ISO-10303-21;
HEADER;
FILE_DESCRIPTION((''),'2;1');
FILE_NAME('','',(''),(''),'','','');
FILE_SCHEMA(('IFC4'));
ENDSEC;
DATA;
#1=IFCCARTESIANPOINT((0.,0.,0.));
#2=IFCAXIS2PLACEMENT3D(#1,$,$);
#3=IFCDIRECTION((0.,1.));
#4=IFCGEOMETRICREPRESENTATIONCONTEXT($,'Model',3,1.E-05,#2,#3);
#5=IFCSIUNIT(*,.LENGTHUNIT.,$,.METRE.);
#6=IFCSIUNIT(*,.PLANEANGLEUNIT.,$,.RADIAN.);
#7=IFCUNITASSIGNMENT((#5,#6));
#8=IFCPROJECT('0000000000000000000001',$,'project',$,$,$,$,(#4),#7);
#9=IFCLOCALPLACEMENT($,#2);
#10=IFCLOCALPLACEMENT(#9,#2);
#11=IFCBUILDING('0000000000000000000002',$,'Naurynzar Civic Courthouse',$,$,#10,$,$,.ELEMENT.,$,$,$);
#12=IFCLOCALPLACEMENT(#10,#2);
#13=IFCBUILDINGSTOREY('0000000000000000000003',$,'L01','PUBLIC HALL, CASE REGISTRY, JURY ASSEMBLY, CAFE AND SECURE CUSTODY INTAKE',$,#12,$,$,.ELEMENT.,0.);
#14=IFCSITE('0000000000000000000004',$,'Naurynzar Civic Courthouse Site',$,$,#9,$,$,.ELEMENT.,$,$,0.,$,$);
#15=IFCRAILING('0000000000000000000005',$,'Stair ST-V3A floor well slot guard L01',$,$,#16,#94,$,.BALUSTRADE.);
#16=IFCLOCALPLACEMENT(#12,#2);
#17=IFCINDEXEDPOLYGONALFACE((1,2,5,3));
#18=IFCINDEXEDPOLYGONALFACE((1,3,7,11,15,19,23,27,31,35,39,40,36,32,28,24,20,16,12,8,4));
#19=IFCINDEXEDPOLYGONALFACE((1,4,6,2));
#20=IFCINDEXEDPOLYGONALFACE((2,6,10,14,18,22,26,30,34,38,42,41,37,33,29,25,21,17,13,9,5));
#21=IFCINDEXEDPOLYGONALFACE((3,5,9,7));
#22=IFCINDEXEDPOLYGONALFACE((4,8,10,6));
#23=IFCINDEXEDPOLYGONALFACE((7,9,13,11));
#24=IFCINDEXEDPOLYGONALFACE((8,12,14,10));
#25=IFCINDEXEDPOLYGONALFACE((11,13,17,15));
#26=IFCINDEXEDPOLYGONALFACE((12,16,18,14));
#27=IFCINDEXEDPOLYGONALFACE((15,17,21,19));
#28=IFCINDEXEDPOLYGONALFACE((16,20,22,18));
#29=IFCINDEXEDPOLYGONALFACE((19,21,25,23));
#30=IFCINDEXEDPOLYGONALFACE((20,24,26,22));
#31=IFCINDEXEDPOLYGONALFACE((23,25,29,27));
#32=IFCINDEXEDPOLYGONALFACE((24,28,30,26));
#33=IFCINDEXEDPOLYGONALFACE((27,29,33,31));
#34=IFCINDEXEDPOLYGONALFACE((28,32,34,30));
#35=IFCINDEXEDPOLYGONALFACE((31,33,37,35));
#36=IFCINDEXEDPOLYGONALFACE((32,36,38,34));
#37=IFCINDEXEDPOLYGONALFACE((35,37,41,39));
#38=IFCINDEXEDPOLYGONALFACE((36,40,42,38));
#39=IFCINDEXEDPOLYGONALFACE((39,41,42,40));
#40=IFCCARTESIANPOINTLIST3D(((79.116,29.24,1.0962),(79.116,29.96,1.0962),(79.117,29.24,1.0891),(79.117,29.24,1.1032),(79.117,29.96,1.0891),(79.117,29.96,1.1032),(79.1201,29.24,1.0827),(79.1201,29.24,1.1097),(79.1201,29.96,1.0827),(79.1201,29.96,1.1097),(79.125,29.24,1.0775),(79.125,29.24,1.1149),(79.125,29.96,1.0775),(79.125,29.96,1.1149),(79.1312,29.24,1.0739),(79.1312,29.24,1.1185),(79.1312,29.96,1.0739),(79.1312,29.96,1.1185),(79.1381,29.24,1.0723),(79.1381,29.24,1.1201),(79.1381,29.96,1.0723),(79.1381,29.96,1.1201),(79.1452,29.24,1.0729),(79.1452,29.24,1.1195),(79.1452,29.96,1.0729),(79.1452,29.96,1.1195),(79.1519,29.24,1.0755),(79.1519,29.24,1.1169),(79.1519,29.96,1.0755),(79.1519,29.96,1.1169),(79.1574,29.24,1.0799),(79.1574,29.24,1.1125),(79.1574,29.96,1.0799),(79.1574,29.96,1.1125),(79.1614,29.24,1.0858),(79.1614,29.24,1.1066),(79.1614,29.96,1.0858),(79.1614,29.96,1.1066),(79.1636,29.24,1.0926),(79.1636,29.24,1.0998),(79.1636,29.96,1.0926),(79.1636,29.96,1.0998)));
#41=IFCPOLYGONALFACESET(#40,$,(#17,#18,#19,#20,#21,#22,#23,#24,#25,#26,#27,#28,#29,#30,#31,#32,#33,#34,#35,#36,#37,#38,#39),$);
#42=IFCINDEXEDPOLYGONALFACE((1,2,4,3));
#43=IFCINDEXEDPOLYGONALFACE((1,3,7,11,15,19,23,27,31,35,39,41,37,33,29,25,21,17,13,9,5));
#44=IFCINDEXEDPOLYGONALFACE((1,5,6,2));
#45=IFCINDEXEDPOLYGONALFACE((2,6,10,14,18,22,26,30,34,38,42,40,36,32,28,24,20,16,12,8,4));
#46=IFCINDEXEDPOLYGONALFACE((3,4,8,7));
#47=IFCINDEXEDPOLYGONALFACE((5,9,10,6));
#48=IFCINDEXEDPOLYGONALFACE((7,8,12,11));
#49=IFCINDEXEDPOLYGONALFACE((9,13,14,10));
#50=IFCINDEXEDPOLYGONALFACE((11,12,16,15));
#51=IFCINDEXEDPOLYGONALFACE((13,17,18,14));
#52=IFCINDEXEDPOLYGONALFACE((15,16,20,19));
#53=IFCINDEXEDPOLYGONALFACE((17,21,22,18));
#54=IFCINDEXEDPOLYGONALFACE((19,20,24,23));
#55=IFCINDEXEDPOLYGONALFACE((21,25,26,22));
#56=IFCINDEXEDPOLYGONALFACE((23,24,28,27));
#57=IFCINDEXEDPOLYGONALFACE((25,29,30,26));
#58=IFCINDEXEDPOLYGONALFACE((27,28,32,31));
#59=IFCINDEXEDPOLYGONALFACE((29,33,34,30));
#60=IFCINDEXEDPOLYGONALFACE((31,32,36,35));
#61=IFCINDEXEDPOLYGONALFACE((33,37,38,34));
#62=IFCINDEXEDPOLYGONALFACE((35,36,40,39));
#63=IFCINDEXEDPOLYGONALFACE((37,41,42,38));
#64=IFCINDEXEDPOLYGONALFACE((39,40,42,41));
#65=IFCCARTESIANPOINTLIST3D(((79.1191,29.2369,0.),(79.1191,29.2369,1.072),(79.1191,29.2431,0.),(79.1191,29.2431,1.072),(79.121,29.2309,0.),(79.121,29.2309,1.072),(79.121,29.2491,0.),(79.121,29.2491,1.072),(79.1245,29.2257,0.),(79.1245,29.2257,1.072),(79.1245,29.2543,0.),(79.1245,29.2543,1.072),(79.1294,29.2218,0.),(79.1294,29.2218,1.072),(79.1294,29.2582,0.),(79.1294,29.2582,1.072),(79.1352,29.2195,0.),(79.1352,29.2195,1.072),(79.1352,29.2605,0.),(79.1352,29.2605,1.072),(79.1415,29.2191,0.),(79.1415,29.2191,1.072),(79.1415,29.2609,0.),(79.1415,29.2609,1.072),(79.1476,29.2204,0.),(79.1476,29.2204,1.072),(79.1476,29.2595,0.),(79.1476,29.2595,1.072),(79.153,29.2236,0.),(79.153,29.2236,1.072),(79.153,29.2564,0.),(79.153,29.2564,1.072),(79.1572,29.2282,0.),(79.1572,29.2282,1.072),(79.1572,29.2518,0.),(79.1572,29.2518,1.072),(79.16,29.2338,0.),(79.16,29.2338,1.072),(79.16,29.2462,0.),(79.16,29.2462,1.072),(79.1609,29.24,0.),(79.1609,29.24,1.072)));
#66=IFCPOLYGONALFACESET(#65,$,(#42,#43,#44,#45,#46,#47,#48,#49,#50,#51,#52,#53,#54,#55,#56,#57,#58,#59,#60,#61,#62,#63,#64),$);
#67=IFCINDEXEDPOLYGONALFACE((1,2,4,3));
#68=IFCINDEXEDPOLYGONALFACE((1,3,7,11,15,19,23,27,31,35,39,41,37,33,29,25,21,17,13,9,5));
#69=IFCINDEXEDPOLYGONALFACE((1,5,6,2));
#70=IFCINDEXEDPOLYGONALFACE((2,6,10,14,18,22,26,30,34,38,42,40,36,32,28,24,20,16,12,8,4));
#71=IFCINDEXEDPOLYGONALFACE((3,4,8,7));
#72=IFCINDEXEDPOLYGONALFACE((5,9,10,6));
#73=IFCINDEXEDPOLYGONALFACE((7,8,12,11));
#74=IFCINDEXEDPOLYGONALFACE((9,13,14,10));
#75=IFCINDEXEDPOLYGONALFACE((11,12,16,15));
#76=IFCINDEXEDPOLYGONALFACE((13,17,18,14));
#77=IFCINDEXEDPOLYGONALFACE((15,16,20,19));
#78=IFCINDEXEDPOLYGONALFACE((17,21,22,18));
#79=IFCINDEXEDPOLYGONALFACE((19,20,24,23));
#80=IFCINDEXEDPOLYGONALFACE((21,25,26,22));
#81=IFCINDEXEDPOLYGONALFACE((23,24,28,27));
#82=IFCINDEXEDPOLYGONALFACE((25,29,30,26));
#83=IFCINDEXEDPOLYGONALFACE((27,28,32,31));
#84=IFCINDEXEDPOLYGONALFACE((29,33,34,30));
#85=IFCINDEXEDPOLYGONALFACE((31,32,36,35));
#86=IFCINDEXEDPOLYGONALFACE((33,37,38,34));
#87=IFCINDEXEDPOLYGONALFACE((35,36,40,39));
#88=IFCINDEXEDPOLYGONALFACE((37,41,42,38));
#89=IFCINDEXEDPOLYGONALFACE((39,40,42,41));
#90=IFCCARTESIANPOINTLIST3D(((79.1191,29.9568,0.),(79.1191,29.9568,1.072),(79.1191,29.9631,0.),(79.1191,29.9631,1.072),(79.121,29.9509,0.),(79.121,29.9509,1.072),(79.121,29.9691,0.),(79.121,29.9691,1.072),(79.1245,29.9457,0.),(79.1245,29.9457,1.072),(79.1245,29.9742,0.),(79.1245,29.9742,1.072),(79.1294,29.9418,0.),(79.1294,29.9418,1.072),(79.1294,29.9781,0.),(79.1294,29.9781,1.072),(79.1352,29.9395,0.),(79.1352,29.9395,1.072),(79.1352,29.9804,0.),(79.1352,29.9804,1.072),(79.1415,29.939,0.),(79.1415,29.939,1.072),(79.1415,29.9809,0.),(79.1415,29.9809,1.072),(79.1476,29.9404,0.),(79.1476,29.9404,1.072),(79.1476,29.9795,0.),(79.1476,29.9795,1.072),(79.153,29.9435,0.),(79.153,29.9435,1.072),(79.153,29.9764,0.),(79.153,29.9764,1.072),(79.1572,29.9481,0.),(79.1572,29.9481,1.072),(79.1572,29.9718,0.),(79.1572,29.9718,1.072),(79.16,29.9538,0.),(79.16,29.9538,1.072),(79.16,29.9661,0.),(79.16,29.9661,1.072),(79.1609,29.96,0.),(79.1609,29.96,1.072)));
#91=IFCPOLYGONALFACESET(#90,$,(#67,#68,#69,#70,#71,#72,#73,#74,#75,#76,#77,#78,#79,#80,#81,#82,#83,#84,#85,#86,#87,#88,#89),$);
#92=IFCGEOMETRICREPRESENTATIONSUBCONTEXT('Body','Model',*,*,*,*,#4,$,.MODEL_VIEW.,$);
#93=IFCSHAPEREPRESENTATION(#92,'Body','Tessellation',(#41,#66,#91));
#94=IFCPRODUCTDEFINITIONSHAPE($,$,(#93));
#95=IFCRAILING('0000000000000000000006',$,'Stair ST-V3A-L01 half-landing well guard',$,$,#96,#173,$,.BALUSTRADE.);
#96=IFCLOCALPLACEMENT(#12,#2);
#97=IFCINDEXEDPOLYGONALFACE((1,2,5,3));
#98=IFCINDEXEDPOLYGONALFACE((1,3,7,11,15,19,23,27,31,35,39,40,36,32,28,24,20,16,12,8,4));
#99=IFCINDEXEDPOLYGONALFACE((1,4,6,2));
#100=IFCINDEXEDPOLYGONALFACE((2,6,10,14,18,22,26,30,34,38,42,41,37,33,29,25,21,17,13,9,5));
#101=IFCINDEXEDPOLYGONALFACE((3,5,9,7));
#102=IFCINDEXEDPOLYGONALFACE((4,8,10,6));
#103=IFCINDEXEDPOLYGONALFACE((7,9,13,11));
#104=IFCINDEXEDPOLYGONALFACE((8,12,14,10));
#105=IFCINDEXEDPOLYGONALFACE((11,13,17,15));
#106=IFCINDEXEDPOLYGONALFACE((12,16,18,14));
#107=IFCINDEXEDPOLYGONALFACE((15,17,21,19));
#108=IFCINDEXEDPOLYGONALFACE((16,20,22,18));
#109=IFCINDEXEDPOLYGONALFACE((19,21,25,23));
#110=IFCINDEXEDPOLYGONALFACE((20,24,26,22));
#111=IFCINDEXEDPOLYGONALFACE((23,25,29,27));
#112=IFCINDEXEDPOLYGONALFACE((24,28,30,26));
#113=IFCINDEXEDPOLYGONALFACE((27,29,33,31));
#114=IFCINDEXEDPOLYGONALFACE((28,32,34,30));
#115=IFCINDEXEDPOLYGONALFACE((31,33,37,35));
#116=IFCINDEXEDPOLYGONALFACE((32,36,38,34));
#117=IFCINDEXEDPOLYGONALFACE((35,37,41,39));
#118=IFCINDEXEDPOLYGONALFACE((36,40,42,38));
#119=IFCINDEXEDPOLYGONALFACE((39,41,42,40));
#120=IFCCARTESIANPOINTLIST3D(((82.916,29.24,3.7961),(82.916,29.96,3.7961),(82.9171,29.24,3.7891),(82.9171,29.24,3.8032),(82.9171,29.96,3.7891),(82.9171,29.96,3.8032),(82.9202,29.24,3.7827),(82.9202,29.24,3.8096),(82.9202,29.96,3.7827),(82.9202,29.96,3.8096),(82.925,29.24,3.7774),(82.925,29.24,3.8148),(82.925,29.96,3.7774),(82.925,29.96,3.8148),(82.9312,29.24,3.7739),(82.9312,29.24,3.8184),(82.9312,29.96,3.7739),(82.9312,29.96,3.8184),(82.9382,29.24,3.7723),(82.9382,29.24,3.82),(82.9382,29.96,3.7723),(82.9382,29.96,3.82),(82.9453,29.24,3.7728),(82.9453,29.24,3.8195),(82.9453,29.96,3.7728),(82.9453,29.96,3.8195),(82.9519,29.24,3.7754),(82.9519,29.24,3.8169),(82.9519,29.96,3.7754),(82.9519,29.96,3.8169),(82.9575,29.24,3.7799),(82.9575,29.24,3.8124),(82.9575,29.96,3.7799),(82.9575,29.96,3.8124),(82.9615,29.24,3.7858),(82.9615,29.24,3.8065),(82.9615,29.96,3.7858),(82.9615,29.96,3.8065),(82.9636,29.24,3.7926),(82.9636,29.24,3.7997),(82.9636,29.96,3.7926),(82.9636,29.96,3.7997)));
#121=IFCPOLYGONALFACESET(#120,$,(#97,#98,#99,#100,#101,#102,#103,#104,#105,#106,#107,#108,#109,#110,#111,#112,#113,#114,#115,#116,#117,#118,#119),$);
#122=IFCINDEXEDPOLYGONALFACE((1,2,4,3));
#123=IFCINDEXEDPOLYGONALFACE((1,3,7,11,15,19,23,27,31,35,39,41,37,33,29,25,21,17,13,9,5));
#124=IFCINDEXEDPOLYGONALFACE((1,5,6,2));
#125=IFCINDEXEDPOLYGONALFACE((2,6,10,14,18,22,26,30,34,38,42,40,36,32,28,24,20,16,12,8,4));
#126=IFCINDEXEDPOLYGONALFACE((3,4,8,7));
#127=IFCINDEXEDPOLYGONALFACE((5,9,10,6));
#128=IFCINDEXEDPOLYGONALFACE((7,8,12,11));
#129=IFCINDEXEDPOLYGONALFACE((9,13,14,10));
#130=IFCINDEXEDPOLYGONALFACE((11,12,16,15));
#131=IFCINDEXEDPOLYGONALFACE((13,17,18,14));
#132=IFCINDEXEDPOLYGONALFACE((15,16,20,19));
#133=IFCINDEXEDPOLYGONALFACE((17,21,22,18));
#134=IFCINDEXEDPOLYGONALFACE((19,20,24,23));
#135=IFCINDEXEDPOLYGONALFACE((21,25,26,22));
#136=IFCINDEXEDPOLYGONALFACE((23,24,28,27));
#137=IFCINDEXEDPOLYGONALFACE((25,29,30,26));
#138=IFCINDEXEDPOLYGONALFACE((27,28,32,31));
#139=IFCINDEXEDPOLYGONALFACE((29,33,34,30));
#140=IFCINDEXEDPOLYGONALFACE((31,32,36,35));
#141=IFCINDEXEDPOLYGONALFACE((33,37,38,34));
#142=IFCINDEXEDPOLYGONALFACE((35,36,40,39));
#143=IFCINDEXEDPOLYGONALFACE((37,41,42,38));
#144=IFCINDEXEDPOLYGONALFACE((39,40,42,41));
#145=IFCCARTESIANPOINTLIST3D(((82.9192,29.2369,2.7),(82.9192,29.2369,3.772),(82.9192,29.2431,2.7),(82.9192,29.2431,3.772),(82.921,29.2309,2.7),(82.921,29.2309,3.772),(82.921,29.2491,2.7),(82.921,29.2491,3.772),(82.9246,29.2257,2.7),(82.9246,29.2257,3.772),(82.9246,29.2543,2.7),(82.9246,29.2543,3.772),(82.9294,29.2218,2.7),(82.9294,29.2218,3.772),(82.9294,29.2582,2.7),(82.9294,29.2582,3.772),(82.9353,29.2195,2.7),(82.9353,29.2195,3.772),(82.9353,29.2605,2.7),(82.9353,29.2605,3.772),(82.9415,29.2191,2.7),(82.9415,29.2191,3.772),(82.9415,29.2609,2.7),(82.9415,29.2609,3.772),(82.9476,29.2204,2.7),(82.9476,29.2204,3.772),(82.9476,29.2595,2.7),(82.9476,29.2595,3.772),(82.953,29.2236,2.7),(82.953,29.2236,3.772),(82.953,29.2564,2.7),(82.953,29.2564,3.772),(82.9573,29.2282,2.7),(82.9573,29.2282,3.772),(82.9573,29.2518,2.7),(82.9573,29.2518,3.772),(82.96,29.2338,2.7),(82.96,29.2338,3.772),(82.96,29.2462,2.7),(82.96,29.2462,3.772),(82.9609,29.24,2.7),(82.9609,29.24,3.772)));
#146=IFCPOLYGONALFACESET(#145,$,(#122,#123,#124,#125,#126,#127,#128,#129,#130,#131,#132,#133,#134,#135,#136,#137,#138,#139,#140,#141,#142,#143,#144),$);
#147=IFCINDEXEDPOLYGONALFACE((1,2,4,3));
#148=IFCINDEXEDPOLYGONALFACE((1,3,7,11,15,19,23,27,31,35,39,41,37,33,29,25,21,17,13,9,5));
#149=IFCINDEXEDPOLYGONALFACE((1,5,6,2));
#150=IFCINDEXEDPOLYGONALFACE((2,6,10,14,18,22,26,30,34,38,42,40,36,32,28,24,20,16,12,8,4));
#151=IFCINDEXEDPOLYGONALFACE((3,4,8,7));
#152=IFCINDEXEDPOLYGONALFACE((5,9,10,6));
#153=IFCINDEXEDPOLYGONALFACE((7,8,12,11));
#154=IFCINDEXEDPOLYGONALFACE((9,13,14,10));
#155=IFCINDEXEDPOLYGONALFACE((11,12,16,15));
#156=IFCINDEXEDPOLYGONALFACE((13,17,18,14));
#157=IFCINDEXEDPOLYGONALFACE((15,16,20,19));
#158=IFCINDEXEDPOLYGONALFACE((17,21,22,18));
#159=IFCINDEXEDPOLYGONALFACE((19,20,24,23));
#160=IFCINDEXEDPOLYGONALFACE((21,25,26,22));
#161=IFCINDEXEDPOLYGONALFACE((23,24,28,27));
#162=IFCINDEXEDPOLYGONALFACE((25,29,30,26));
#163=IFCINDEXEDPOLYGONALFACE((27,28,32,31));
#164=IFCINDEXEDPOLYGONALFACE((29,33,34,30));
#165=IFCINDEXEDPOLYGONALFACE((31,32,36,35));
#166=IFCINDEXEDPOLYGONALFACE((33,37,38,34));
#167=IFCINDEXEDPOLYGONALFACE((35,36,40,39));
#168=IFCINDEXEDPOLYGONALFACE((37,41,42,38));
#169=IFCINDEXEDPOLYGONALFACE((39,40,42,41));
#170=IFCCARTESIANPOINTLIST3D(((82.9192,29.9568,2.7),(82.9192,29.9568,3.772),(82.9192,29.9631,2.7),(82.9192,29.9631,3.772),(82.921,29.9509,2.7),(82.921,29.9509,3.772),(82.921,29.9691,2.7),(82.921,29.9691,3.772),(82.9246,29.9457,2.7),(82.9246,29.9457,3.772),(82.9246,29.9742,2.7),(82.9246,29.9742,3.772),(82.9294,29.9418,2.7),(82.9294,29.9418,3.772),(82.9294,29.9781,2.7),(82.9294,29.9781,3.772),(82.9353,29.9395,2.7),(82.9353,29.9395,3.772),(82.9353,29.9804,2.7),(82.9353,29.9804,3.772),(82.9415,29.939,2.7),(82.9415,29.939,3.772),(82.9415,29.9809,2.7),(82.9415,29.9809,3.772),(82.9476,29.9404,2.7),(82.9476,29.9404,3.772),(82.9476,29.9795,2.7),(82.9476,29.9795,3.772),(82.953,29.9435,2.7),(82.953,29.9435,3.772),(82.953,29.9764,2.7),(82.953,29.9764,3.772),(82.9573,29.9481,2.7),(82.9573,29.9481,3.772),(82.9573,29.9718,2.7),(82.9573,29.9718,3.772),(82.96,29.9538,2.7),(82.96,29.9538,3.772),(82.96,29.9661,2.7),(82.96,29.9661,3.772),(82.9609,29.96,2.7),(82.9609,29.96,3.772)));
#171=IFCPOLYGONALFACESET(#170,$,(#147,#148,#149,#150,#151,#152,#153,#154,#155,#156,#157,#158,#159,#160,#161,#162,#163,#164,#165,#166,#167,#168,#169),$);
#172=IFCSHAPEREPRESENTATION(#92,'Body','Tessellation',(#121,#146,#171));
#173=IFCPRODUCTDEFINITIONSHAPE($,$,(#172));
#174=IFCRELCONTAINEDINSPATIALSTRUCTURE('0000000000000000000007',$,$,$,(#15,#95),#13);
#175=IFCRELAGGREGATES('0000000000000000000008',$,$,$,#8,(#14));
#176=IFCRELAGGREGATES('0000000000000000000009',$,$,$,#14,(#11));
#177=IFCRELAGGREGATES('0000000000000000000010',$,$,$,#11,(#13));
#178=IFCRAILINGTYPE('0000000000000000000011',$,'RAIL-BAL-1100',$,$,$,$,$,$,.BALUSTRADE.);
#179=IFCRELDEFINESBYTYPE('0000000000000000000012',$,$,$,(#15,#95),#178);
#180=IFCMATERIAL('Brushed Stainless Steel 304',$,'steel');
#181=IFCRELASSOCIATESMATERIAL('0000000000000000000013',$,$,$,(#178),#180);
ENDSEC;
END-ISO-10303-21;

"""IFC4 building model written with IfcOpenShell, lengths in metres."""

from ifc_helpers import new_model, si_unit, direction, frame, origin, origin_2d, place, context, subcontext, project, spatial, circle, extrude, material, type_object, element, save


model = new_model("IFC4")

# Units and contexts
model_context = context("Model", 3, precision=1e-05, world=origin(), true_north=direction((0.0, 1.0)))
body_context = subcontext(model_context, "Body", "Model", "MODEL_VIEW")
ifc_project = project(units=[si_unit("LENGTHUNIT", "METRE"), si_unit("PLANEANGLEUNIT", "RADIAN")], contexts=[model_context])

# Site, building, storey
site_placement = place(None, origin())
site = spatial("IfcSite", under=ifc_project, at=site_placement, Name="Naurynzar Civic Courthouse Site", CompositionType="ELEMENT", RefElevation=0.0)
building_placement = place(site_placement, origin())
building = spatial("IfcBuilding", under=site, at=building_placement, Name="Naurynzar Civic Courthouse", CompositionType="ELEMENT")
storey_placement = place(building_placement, origin())
storey = spatial("IfcBuildingStorey", under=building, at=storey_placement, Name="L01", Description="PUBLIC HALL, CASE REGISTRY, JURY ASSEMBLY, CAFE AND SECURE CUSTODY INTAKE", CompositionType="ELEMENT", Elevation=0.0)

# Railings
ifc_material_1 = material(Name="Brushed Stainless Steel 304", Category="steel")
railing_type_1 = type_object("IfcRailingType", Name="RAIL-BAL-1100", PredefinedType="BALUSTRADE", material=ifc_material_1)
for number, where, name in (
    (1, (79.1399, 29.24, 0.0), "Stair ST-V3A floor well slot guard L01"),
    (2, (82.9399, 29.24, 2.7), "Stair ST-V3A-L01 half-landing well guard"),
):
    element("IfcRailing", number, at=place(storey_placement, frame(where)), inside=storey, type_object=railing_type_1, Name=name, PredefinedType="BALUSTRADE", context=body_context, shape_type="SweptSolid", body=[
        extrude(circle(Radius=0.0239, at=origin_2d()), frame((0.0, 0.0, 1.0962), z_axis=(0.0, 1.0, 0.0), x_axis=(-1.0, 0.0, 0.0)), (0.0, 0.0, 1.0), 0.72),
        extrude(circle(Radius=0.021, at=origin_2d()), origin(), (0.0, 0.0, 1.0), 1.072),
        extrude(circle(Radius=0.021, at=origin_2d()), frame((0.0, 0.72, 0.0)), (0.0, 0.0, 1.0), 1.072),
    ])

save(model, "model.ifc")
